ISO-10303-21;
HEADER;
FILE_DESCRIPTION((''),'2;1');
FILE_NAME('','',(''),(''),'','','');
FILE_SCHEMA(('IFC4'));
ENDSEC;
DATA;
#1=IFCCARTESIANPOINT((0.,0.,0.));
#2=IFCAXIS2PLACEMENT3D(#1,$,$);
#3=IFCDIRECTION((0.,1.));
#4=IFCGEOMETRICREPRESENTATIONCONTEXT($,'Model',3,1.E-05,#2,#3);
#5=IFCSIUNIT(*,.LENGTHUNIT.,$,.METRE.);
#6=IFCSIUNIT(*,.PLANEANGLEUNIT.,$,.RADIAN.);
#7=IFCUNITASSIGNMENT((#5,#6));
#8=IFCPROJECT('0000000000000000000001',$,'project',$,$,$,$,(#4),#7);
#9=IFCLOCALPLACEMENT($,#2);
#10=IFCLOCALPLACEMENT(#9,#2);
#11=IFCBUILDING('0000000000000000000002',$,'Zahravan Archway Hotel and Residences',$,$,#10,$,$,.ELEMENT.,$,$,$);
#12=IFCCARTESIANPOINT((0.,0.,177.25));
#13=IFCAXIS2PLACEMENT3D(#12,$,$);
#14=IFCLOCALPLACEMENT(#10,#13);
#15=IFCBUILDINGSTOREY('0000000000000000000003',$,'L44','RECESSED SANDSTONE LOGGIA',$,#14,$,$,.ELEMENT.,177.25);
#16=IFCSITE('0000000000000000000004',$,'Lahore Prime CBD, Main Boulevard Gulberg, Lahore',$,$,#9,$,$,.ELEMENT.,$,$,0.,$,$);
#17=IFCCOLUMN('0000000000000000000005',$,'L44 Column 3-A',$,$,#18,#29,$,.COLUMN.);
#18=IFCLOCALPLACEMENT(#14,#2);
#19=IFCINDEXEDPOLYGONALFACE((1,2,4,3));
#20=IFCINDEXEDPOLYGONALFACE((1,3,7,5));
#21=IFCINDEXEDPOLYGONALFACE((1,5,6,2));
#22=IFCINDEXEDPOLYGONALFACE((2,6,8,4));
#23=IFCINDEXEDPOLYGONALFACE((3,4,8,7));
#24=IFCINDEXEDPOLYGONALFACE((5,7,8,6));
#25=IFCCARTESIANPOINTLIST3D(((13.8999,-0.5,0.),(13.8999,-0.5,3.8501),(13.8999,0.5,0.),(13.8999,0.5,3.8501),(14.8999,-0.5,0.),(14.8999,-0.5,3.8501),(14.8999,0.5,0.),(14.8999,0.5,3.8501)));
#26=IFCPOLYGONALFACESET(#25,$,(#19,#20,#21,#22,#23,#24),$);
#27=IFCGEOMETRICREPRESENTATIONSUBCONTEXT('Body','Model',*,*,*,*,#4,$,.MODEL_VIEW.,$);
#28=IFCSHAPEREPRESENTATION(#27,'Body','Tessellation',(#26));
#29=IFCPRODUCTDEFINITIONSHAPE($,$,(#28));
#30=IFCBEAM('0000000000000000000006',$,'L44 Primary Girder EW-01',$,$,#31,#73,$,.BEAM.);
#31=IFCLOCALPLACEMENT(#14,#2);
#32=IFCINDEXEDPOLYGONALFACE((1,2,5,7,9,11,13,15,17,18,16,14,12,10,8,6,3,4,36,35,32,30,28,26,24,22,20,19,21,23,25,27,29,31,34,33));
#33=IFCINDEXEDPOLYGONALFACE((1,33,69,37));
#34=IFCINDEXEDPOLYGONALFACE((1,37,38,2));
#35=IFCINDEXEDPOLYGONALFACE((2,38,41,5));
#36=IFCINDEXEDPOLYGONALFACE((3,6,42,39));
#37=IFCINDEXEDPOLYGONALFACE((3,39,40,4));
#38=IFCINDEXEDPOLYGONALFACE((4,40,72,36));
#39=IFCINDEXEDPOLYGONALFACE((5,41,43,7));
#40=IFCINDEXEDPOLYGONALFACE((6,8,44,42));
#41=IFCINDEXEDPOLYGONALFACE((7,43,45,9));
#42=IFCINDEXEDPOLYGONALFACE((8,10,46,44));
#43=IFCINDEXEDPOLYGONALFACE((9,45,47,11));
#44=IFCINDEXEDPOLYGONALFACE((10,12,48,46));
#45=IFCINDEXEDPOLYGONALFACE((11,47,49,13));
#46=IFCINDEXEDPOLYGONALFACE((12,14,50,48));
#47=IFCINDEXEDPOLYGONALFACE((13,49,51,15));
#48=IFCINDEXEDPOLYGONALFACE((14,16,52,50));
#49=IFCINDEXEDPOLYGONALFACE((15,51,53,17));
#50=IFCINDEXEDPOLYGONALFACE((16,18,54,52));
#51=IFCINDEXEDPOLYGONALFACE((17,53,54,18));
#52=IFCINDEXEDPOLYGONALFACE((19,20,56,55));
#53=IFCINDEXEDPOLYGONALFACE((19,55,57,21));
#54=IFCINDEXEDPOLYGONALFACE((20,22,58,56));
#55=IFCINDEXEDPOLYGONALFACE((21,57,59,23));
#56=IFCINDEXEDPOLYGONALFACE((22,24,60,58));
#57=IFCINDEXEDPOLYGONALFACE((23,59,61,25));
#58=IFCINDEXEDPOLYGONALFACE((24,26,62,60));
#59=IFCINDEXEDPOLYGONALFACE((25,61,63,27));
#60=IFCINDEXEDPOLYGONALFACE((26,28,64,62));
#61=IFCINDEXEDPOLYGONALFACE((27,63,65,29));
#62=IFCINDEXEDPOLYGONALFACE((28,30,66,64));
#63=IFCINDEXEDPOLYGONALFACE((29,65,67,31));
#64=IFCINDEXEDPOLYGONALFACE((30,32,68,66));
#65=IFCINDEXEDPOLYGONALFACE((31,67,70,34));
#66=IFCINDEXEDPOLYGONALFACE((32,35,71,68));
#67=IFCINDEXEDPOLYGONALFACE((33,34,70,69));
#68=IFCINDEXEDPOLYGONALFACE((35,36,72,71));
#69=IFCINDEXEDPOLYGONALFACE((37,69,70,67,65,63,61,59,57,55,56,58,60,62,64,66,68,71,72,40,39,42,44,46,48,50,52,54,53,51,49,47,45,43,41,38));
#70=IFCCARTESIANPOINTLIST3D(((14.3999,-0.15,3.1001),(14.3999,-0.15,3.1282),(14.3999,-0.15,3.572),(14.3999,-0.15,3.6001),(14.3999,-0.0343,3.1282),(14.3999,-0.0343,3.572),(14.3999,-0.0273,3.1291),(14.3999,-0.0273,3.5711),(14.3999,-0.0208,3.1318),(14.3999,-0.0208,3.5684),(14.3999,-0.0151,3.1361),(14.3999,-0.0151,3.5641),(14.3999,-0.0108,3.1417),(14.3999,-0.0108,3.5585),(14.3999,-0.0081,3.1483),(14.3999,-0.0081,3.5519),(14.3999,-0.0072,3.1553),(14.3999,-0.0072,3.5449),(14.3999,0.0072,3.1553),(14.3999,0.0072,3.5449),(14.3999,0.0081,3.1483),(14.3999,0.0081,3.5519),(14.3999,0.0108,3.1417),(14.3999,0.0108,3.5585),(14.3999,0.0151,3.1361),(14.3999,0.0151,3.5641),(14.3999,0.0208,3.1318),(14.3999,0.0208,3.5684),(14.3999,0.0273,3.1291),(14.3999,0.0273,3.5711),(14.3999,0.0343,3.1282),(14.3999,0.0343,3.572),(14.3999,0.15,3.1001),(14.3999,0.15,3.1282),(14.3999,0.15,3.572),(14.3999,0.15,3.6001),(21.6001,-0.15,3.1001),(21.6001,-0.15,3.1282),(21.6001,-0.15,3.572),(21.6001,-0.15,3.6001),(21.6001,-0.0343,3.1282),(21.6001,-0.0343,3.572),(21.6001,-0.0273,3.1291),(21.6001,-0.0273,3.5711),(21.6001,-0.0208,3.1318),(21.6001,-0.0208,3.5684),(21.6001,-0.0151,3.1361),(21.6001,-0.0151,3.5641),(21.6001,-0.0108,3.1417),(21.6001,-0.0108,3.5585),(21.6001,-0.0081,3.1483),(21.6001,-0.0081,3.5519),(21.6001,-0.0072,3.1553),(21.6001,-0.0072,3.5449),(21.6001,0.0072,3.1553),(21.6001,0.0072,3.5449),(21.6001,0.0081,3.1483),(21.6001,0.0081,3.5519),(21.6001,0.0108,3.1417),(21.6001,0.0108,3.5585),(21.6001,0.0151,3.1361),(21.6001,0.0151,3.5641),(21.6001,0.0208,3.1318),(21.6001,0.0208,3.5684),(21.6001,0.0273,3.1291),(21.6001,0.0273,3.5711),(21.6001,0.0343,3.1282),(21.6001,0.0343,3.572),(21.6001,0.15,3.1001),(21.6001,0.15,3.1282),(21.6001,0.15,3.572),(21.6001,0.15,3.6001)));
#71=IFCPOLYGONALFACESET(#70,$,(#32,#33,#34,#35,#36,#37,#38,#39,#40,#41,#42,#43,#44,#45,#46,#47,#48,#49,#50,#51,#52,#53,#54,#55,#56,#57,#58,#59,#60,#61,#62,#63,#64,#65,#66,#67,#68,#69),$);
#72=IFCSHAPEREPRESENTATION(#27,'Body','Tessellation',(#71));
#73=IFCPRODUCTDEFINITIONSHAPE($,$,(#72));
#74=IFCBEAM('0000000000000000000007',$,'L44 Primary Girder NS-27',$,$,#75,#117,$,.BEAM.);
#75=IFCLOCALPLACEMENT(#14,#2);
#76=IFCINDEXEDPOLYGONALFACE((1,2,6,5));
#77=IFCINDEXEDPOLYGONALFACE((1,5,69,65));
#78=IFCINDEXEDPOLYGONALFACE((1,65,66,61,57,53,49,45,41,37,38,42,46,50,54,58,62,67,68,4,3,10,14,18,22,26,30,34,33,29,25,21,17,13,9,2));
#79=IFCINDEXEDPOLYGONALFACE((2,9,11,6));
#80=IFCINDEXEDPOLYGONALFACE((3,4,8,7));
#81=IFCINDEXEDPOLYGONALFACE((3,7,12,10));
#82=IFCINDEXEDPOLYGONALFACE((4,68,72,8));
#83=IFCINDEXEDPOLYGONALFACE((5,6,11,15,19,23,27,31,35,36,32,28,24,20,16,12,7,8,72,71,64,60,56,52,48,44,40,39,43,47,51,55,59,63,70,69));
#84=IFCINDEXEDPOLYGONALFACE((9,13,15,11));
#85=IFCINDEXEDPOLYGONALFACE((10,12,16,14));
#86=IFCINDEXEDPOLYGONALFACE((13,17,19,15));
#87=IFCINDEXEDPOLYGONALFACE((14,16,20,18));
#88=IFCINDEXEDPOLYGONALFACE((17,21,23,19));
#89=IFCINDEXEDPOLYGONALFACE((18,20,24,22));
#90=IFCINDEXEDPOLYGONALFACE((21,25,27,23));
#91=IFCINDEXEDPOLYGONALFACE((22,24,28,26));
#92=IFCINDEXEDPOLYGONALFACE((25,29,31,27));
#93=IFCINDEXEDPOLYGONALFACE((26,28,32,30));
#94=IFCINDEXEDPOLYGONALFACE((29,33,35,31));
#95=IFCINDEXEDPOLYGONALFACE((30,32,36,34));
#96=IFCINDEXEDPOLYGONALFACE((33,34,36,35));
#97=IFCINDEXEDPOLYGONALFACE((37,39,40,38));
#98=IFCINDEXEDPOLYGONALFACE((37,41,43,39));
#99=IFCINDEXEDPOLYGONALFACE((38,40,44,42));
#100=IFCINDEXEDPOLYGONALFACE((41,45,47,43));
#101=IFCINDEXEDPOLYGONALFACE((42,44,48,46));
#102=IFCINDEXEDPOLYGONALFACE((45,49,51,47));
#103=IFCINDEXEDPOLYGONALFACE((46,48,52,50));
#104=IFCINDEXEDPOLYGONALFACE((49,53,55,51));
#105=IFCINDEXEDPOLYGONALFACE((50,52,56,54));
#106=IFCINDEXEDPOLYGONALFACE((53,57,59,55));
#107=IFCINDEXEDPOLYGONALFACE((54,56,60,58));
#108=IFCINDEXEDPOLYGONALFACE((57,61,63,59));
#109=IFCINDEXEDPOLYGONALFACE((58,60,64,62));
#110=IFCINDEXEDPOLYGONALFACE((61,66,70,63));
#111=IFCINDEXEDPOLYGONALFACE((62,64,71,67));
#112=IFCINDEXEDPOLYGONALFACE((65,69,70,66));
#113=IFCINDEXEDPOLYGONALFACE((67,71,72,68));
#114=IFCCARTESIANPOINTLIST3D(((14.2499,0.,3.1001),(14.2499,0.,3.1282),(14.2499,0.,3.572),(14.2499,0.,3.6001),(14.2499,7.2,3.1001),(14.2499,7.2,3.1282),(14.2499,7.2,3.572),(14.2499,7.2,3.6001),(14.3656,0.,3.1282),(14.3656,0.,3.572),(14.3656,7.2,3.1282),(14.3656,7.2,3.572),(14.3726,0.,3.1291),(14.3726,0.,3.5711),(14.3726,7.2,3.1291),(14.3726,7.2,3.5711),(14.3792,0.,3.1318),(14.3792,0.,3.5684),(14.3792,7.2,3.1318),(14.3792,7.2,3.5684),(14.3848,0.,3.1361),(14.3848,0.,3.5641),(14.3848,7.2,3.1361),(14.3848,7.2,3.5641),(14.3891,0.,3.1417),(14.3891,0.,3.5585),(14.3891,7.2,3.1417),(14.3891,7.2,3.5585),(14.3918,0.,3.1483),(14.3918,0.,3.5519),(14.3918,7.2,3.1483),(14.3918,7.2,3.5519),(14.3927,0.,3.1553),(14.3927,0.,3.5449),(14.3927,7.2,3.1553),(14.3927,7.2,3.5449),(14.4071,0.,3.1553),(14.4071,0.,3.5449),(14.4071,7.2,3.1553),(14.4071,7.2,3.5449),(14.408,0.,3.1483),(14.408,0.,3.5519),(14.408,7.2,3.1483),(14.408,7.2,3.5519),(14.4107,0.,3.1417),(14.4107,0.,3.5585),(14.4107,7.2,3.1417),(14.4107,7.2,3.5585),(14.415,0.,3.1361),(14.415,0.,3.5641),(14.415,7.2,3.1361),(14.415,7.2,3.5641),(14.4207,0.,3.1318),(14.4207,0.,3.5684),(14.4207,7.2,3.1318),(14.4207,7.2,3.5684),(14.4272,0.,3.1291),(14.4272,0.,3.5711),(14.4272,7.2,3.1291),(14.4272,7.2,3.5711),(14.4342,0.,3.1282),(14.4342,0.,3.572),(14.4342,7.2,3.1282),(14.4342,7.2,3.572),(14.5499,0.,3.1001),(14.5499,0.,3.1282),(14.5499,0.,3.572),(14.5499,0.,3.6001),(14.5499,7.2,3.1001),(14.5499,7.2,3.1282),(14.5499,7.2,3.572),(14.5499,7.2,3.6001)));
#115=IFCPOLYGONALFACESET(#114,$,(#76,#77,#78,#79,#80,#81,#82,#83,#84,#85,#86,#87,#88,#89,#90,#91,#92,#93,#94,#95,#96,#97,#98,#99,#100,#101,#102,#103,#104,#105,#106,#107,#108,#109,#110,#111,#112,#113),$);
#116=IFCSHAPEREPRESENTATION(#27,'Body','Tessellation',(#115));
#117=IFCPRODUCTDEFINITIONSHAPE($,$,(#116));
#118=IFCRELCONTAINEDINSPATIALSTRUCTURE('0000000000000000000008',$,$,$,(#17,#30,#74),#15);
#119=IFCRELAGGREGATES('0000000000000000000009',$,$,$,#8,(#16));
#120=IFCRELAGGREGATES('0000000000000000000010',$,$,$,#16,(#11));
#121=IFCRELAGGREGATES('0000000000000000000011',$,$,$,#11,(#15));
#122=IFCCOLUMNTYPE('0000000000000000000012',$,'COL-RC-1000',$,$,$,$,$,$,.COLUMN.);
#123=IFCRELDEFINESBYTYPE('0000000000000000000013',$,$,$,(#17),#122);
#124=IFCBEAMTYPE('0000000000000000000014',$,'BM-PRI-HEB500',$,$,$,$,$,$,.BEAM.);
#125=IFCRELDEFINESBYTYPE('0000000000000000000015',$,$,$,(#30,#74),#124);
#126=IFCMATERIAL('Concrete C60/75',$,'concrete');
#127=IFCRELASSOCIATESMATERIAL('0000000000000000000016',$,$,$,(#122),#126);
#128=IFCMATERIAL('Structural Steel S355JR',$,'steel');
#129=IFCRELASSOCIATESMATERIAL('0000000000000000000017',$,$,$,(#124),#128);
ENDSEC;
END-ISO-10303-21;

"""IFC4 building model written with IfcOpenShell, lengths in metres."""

from ifc_helpers import new_model, si_unit, direction, frame, origin, origin_2d, place, context, subcontext, project, spatial, rectangle, i_section, extrude, source, transform, mapped, material, material_profile, profile_set, type_object, type_shapes, element, save


model = new_model("IFC4")

# Units and contexts
model_context = context("Model", 3, precision=1e-05, world=origin(), true_north=direction((0.0, 1.0)))
body_context = subcontext(model_context, "Body", "Model", "MODEL_VIEW")
ifc_project = project(units=[si_unit("LENGTHUNIT", "METRE"), si_unit("PLANEANGLEUNIT", "RADIAN")], contexts=[model_context])

# Site, building, storey
site_placement = place(None, origin())
site = spatial("IfcSite", under=ifc_project, at=site_placement, Name="Lahore Prime CBD, Main Boulevard Gulberg, Lahore", CompositionType="ELEMENT", RefElevation=0.0)
building_placement = place(site_placement, origin())
building = spatial("IfcBuilding", under=site, at=building_placement, Name="Zahravan Archway Hotel and Residences", CompositionType="ELEMENT")
storey_placement = place(building_placement, frame((0.0, 0.0, 177.25)))
storey = spatial("IfcBuildingStorey", under=building, at=storey_placement, Name="L44", Description="RECESSED SANDSTONE LOGGIA", CompositionType="ELEMENT", Elevation=177.25)

# Column
ifc_material_1 = material(Name="Concrete C60/75", Category="concrete")
ifc_material_profile_1 = material_profile(ifc_material_1, rectangle(XDim=1.0, YDim=1.0, at=origin_2d()), Name="RC-COL-1000x1000", Category="concrete")
ifc_profile_set_1 = profile_set([ifc_material_profile_1], Name="Concrete C60/75")
column_type = type_object("IfcColumnType", Name="COL-RC-1000", PredefinedType="COLUMN", material=ifc_profile_set_1)
shared_shape_1 = source(origin(), body_context, "Body", "SweptSolid", [
    extrude(rectangle(XDim=1.0, YDim=1.0, at=origin_2d()), origin(), (0.0, 0.0, 1.0), 3.8501),
])
column_placement = place(storey_placement, frame((14.3999, 0.0, 0.0), z_axis=(0.0, 0.0, 1.0), x_axis=(1.0, 0.0, 0.0)))
element("IfcColumn", 1, at=column_placement, inside=storey, type_object=column_type, Name="L44 Column 3-A", PredefinedType="COLUMN", context=body_context, shape_type="MappedRepresentation", body=[
    mapped(shared_shape_1, transform((0.0, 0.0, 0.0), scale=1.0)),
])

# Beams
ifc_material_2 = material(Name="Structural Steel S355JR", Category="steel")
ifc_material_profile_2 = material_profile(ifc_material_2, i_section(OverallWidth=0.3, OverallDepth=0.5, WebThickness=0.0144, FlangeThickness=0.0281, FilletRadius=0.0271, at=origin_2d()), Name="HEB 500", Category="steel")
ifc_profile_set_2 = profile_set([ifc_material_profile_2], Name="Structural Steel S355JR")
beam_type = type_object("IfcBeamType", Name="BM-PRI-HEB500", PredefinedType="BEAM", material=ifc_profile_set_2)
shared_shape_2 = source(origin(), body_context, "Body", "SweptSolid", [
    extrude(i_section(OverallWidth=0.3, OverallDepth=0.5, WebThickness=0.0144, FlangeThickness=0.0281, FilletRadius=0.0271, at=origin_2d()), origin(), (0.0, 0.0, 1.0), 7.2002),
])
type_shapes(beam_type, [shared_shape_2])
beam_1_placement = place(storey_placement, frame((14.3999, 0.0, 3.3501), z_axis=(1.0, 0.0, 0.0), x_axis=(0.0, 1.0, 0.0)))
element("IfcBeam", 2, at=beam_1_placement, inside=storey, type_object=beam_type, Name="L44 Primary Girder EW-01", PredefinedType="BEAM", context=body_context, shape_type="MappedRepresentation", body=[
    mapped(shared_shape_2, transform((0.0, 0.0, 0.0), scale=1.0)),
])
shared_shape_3 = source(origin(), body_context, "Body", "SweptSolid", [
    extrude(i_section(OverallWidth=0.3, OverallDepth=0.5, WebThickness=0.0144, FlangeThickness=0.0281, FilletRadius=0.0271, at=origin_2d()), origin(), (0.0, 0.0, 1.0), 7.2),
])
beam_2_placement = place(storey_placement, frame((14.3999, 0.0, 3.3501), z_axis=(0.0, 1.0, 0.0), x_axis=(-1.0, 0.0, 0.0)))
element("IfcBeam", 3, at=beam_2_placement, inside=storey, type_object=beam_type, Name="L44 Primary Girder NS-27", PredefinedType="BEAM", context=body_context, shape_type="MappedRepresentation", body=[
    mapped(shared_shape_3, transform((0.0, 0.0, 0.0), scale=1.0)),
])

save(model, "model.ifc")
